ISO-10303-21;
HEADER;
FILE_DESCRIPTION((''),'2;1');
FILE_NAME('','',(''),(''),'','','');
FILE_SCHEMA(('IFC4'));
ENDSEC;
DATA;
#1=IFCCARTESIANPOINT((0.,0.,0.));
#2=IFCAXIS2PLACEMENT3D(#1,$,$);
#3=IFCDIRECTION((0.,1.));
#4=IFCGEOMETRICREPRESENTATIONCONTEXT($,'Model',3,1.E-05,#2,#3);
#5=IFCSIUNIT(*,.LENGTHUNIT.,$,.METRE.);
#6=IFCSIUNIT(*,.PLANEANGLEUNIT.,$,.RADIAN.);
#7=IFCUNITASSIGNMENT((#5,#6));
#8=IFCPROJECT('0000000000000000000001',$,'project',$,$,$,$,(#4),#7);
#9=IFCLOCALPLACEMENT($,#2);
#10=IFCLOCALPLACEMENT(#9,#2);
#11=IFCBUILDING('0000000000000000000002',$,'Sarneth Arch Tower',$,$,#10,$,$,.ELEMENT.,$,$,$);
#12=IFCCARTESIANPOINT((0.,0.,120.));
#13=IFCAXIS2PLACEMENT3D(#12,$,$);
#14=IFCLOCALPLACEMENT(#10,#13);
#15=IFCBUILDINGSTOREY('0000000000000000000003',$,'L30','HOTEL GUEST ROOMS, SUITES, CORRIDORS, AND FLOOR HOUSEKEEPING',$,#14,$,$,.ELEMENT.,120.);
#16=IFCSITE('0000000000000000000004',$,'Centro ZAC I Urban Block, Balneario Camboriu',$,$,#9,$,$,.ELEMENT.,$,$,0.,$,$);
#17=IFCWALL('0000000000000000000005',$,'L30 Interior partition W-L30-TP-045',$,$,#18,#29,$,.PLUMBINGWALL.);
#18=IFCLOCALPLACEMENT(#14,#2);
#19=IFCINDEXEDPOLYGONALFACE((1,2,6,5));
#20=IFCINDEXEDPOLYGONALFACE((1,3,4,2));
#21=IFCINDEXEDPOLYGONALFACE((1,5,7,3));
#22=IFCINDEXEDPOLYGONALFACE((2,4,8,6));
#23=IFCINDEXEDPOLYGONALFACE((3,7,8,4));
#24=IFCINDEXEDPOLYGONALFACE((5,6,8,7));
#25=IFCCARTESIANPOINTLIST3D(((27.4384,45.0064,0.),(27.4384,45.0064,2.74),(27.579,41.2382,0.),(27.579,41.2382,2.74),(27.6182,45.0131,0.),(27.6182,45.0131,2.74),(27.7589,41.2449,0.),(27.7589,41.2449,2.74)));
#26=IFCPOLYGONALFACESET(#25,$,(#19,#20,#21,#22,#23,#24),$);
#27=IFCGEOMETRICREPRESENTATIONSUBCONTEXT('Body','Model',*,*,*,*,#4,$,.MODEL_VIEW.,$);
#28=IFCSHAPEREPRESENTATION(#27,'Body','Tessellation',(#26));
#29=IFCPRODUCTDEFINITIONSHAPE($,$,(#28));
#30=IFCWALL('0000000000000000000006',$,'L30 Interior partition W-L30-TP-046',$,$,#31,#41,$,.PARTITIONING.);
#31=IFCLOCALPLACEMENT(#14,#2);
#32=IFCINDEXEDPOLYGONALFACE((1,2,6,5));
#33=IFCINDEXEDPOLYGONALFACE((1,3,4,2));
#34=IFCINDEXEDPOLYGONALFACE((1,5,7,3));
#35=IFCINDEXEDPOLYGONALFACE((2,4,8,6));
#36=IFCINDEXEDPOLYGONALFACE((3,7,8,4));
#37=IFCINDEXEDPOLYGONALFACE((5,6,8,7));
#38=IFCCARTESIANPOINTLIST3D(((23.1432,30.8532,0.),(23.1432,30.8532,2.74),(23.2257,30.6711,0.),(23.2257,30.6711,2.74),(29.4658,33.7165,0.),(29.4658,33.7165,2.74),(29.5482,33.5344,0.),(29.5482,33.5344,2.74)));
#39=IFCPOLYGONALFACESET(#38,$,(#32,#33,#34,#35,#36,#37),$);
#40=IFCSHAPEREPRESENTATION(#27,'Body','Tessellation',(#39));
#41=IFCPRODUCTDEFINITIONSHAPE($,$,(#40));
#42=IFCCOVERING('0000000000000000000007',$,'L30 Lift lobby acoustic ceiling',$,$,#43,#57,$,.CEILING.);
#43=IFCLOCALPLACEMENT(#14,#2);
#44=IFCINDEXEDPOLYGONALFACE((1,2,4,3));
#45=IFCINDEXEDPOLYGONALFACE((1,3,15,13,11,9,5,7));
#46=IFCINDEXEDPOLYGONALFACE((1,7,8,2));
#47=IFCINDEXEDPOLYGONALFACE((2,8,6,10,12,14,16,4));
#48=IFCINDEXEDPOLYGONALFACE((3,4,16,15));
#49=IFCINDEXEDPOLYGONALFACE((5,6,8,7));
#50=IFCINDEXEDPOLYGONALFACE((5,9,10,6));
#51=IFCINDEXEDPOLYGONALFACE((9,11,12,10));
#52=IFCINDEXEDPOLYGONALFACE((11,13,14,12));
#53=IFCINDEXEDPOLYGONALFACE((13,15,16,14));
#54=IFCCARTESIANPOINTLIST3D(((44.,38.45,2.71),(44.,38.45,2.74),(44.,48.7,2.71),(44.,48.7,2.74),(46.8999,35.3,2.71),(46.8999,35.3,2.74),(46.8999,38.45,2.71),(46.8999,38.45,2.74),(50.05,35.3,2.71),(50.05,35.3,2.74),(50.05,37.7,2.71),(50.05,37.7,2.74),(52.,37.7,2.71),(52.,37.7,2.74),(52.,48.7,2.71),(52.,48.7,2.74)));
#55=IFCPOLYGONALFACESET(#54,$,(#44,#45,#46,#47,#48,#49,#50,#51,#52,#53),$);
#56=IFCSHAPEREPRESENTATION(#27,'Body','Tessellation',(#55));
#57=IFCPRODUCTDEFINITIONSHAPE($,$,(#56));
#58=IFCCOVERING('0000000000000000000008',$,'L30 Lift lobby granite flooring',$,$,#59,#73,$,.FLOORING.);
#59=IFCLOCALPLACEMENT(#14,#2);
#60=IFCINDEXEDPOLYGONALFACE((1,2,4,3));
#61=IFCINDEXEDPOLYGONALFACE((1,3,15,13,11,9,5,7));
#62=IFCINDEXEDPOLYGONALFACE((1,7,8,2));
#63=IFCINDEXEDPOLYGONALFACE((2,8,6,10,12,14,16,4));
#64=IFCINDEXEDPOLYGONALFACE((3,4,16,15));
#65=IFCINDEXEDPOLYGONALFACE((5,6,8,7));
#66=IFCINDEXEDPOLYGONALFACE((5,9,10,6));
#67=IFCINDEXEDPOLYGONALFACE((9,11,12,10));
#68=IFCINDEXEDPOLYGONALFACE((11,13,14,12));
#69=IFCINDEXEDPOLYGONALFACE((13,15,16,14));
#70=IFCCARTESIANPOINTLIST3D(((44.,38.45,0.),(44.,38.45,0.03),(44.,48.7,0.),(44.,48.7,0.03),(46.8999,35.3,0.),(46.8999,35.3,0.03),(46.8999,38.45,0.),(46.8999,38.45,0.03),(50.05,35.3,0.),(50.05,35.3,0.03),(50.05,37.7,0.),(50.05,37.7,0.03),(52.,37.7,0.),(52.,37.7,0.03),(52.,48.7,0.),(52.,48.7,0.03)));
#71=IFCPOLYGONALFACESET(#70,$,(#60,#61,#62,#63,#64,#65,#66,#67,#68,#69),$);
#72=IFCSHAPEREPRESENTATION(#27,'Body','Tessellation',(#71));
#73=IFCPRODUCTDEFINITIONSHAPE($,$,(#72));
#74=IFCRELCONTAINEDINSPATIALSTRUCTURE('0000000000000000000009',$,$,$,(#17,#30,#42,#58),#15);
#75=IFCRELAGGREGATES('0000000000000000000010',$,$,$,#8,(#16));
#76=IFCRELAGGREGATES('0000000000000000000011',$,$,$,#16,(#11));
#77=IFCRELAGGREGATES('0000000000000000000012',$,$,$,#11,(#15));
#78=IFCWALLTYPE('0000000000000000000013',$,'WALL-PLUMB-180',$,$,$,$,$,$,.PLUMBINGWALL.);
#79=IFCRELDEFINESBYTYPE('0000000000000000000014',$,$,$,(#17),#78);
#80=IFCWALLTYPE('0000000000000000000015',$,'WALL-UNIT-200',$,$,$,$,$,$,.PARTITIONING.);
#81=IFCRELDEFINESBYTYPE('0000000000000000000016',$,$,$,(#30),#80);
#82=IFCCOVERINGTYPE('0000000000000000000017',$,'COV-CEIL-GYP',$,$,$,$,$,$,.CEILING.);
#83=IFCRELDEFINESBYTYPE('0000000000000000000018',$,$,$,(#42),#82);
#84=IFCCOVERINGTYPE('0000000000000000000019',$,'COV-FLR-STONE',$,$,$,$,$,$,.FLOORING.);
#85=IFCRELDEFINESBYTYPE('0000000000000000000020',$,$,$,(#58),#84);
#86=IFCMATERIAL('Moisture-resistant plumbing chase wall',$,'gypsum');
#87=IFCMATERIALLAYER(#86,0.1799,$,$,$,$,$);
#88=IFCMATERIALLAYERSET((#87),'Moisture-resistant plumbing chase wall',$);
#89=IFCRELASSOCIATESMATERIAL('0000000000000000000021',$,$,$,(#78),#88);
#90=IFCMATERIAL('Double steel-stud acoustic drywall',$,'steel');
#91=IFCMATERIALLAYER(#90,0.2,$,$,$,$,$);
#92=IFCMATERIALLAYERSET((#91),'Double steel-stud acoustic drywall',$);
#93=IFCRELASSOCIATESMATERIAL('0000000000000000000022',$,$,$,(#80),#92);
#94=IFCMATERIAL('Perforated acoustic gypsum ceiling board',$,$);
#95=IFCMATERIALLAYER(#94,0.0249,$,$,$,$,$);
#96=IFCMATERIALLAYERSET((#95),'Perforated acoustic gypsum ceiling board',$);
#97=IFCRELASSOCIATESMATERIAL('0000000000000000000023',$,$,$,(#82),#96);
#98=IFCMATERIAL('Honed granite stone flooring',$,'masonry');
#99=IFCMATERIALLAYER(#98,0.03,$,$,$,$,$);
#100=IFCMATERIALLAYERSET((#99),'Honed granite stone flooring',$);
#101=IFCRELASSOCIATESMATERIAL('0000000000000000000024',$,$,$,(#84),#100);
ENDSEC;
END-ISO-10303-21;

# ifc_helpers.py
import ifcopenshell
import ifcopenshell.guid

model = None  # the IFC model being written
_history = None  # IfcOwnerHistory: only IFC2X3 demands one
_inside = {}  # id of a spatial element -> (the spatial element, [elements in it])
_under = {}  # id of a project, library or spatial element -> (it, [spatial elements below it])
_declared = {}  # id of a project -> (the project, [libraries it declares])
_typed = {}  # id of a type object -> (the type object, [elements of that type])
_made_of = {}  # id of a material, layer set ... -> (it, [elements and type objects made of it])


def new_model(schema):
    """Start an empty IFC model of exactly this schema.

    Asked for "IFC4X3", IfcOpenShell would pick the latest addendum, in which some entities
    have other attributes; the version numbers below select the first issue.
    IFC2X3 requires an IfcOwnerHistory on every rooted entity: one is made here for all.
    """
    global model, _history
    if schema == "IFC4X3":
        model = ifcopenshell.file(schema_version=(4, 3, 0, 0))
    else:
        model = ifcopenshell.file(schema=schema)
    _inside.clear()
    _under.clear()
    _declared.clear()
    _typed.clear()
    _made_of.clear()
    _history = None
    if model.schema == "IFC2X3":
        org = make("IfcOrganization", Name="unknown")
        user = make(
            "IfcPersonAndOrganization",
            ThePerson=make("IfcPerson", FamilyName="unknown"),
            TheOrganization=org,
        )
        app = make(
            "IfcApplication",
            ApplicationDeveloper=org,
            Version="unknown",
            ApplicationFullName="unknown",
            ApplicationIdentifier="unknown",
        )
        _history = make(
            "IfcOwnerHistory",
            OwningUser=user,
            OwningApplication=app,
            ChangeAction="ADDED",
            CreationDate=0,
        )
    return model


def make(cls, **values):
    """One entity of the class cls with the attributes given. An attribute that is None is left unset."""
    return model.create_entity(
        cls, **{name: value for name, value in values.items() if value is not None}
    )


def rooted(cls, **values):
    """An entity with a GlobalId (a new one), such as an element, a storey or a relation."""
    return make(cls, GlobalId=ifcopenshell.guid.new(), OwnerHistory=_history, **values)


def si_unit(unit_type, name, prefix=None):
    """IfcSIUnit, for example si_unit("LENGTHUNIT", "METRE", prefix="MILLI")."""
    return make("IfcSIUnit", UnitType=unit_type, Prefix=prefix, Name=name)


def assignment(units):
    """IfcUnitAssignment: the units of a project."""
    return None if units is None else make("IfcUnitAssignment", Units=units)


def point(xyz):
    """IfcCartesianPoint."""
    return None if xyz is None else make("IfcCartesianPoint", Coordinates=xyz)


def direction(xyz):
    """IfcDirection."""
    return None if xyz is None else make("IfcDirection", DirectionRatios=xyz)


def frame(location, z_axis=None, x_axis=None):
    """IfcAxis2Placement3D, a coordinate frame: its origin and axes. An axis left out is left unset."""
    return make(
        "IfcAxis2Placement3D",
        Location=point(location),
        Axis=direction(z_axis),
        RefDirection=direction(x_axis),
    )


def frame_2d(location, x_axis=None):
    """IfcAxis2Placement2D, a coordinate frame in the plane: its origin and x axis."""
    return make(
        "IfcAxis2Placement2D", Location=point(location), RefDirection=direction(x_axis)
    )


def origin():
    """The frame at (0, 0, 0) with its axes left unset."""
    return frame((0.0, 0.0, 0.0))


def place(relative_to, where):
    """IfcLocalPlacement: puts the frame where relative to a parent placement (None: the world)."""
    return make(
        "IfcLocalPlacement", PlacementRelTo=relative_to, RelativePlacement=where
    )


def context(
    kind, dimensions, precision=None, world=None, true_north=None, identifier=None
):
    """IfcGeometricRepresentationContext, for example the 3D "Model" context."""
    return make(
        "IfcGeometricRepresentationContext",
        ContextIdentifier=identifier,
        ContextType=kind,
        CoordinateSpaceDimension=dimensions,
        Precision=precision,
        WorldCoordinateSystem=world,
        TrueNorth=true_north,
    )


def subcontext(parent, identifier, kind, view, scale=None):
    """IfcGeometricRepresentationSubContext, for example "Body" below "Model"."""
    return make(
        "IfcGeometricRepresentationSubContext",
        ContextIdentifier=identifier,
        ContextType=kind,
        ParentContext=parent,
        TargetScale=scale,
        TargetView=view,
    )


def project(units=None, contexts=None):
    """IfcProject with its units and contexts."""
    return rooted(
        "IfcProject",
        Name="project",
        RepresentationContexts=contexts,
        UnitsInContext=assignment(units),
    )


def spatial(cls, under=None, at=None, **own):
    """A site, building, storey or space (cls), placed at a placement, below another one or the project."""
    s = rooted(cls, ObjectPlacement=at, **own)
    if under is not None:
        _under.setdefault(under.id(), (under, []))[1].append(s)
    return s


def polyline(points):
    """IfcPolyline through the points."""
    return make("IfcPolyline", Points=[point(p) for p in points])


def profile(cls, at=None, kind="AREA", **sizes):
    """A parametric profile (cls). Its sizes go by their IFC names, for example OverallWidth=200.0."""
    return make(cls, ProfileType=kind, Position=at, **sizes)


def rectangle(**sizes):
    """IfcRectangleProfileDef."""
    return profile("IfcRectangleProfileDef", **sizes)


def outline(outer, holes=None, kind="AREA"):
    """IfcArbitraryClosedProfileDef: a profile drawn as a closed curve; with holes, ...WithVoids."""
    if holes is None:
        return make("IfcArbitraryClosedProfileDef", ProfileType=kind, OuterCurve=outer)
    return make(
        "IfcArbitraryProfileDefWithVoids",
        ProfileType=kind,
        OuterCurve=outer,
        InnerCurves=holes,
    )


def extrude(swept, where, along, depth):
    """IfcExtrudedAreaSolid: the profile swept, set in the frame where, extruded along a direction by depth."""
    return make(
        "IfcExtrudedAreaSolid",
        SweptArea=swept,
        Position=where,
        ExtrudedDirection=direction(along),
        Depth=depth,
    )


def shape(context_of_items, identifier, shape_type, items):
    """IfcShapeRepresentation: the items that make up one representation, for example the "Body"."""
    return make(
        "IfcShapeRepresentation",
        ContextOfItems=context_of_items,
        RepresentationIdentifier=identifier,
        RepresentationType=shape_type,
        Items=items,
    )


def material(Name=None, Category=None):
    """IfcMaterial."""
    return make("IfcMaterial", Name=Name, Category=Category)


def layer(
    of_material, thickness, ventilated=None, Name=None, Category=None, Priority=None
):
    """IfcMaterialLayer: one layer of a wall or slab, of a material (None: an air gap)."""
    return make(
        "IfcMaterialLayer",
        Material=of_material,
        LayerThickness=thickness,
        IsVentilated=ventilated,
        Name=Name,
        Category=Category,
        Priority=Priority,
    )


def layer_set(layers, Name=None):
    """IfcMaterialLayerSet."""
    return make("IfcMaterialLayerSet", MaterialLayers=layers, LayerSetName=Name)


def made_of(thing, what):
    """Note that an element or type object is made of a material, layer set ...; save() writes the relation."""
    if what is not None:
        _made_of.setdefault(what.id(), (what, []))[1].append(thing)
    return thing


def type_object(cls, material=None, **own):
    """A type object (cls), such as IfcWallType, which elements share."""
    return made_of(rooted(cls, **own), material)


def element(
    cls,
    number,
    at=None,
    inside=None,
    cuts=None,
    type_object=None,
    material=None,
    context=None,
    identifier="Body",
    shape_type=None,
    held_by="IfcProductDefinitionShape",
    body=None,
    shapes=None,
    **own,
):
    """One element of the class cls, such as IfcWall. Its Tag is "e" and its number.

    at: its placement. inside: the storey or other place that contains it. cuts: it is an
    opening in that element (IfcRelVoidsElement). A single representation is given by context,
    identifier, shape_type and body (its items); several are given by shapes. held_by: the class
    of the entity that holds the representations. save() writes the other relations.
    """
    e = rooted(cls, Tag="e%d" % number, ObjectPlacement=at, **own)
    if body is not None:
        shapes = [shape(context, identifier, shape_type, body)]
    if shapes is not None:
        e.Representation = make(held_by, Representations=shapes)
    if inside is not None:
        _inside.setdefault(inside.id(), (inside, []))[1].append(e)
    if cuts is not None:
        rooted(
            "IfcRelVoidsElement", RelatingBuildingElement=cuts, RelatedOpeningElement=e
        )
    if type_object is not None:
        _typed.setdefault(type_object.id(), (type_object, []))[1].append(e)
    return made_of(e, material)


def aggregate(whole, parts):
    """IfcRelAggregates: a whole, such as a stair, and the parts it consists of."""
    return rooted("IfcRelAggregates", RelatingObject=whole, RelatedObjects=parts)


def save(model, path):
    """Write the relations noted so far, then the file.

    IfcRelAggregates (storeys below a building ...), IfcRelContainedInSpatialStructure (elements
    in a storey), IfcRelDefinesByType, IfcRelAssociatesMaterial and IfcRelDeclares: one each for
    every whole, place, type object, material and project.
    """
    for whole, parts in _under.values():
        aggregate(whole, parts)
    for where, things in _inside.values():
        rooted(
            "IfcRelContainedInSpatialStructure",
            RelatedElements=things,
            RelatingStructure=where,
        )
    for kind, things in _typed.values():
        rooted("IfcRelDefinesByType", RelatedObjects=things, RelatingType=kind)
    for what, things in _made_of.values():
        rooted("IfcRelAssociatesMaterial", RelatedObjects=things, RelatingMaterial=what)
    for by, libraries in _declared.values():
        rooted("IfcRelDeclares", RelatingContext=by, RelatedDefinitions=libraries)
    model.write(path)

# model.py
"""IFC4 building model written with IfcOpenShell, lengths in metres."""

from ifc_helpers import new_model, si_unit, direction, frame, frame_2d, origin, place, context, subcontext, project, spatial, polyline, rectangle, outline, extrude, material, layer, layer_set, type_object, element, save


model = new_model("IFC4")

# Units and contexts
model_context = context("Model", 3, precision=1e-05, world=origin(), true_north=direction((0.0, 1.0)))
body_context = subcontext(model_context, "Body", "Model", "MODEL_VIEW")
ifc_project = project(units=[si_unit("LENGTHUNIT", "METRE"), si_unit("PLANEANGLEUNIT", "RADIAN")], contexts=[model_context])

# Site, building, storey
site_placement = place(None, origin())
site = spatial("IfcSite", under=ifc_project, at=site_placement, Name="Centro ZAC I Urban Block, Balneario Camboriu", CompositionType="ELEMENT", RefElevation=0.0)
building_placement = place(site_placement, origin())
building = spatial("IfcBuilding", under=site, at=building_placement, Name="Sarneth Arch Tower", CompositionType="ELEMENT")
storey_placement = place(building_placement, frame((0.0, 0.0, 120.0)))
storey = spatial("IfcBuildingStorey", under=building, at=storey_placement, Name="L30", Description="HOTEL GUEST ROOMS, SUITES, CORRIDORS, AND FLOOR HOUSEKEEPING", CompositionType="ELEMENT", Elevation=120.0)

# Walls
ifc_material_1 = material(Name="Moisture-resistant plumbing chase wall", Category="gypsum")
ifc_layer_1 = layer(ifc_material_1, 0.1799)
ifc_layer_set_1 = layer_set([ifc_layer_1], Name="Moisture-resistant plumbing chase wall")
wall_type_1 = type_object("IfcWallType", Name="WALL-PLUMB-180", PredefinedType="PLUMBINGWALL", material=ifc_layer_set_1)
wall_1_placement = place(storey_placement, frame((27.6689, 41.2417, 0.0), z_axis=(0.0, 0.0, 1.0), x_axis=(-0.037294, 0.999304, 0.0)))
element("IfcWall", 1, at=wall_1_placement, inside=storey, type_object=wall_type_1, Name="L30 Interior partition W-L30-TP-045", PredefinedType="PLUMBINGWALL", context=body_context, shape_type="SweptSolid", body=[
    extrude(rectangle(XDim=3.7708, YDim=0.1799, at=frame_2d((1.8853, 0.0))), origin(), (0.0, 0.0, 1.0), 2.74),
])
ifc_material_2 = material(Name="Double steel-stud acoustic drywall", Category="steel")
ifc_layer_2 = layer(ifc_material_2, 0.2)
ifc_layer_set_2 = layer_set([ifc_layer_2], Name="Double steel-stud acoustic drywall")
wall_type_2 = type_object("IfcWallType", Name="WALL-UNIT-200", PredefinedType="PARTITIONING", material=ifc_layer_set_2)
wall_2_placement = place(storey_placement, frame((23.1846, 30.7622, 0.0), z_axis=(0.0, 0.0, 1.0), x_axis=(0.91094, 0.412538, 0.0)))
element("IfcWall", 2, at=wall_2_placement, inside=storey, type_object=wall_type_2, Name="L30 Interior partition W-L30-TP-046", PredefinedType="PARTITIONING", context=body_context, shape_type="SweptSolid", body=[
    extrude(rectangle(XDim=6.9407, YDim=0.2, at=frame_2d((3.4702, 0.0))), origin(), (0.0, 0.0, 1.0), 2.74),
])

# Coverings
ifc_material_3 = material(Name="Perforated acoustic gypsum ceiling board")
ifc_layer_3 = layer(ifc_material_3, 0.0249)
ifc_layer_set_3 = layer_set([ifc_layer_3], Name="Perforated acoustic gypsum ceiling board")
covering_type_1 = type_object("IfcCoveringType", Name="COV-CEIL-GYP", PredefinedType="CEILING", material=ifc_layer_set_3)
covering_1_placement = place(storey_placement, frame((0.0, 0.0, 2.71)))
element("IfcCovering", 3, at=covering_1_placement, inside=storey, type_object=covering_type_1, Name="L30 Lift lobby acoustic ceiling", PredefinedType="CEILING", context=body_context, shape_type="SweptSolid", body=[
    extrude(outline(polyline([(52.0, 37.7), (50.05, 37.7), (50.05, 35.3), (46.8999, 35.3), (46.8999, 38.45), (44.0, 38.45), (44.0, 48.7), (52.0, 48.7), (52.0, 37.7)])), origin(), (0.0, 0.0, 1.0), 0.03),
])
ifc_material_4 = material(Name="Honed granite stone flooring", Category="masonry")
ifc_layer_4 = layer(ifc_material_4, 0.03)
ifc_layer_set_4 = layer_set([ifc_layer_4], Name="Honed granite stone flooring")
covering_type_2 = type_object("IfcCoveringType", Name="COV-FLR-STONE", PredefinedType="FLOORING", material=ifc_layer_set_4)
covering_2_placement = place(storey_placement, origin())
element("IfcCovering", 4, at=covering_2_placement, inside=storey, type_object=covering_type_2, Name="L30 Lift lobby granite flooring", PredefinedType="FLOORING", context=body_context, shape_type="SweptSolid", body=[
    extrude(outline(polyline([(52.0, 37.7), (50.05, 37.7), (50.05, 35.3), (46.8999, 35.3), (46.8999, 38.45), (44.0, 38.45), (44.0, 48.7), (52.0, 48.7), (52.0, 37.7)])), origin(), (0.0, 0.0, 1.0), 0.03),
])

save(model, "model.ifc")
